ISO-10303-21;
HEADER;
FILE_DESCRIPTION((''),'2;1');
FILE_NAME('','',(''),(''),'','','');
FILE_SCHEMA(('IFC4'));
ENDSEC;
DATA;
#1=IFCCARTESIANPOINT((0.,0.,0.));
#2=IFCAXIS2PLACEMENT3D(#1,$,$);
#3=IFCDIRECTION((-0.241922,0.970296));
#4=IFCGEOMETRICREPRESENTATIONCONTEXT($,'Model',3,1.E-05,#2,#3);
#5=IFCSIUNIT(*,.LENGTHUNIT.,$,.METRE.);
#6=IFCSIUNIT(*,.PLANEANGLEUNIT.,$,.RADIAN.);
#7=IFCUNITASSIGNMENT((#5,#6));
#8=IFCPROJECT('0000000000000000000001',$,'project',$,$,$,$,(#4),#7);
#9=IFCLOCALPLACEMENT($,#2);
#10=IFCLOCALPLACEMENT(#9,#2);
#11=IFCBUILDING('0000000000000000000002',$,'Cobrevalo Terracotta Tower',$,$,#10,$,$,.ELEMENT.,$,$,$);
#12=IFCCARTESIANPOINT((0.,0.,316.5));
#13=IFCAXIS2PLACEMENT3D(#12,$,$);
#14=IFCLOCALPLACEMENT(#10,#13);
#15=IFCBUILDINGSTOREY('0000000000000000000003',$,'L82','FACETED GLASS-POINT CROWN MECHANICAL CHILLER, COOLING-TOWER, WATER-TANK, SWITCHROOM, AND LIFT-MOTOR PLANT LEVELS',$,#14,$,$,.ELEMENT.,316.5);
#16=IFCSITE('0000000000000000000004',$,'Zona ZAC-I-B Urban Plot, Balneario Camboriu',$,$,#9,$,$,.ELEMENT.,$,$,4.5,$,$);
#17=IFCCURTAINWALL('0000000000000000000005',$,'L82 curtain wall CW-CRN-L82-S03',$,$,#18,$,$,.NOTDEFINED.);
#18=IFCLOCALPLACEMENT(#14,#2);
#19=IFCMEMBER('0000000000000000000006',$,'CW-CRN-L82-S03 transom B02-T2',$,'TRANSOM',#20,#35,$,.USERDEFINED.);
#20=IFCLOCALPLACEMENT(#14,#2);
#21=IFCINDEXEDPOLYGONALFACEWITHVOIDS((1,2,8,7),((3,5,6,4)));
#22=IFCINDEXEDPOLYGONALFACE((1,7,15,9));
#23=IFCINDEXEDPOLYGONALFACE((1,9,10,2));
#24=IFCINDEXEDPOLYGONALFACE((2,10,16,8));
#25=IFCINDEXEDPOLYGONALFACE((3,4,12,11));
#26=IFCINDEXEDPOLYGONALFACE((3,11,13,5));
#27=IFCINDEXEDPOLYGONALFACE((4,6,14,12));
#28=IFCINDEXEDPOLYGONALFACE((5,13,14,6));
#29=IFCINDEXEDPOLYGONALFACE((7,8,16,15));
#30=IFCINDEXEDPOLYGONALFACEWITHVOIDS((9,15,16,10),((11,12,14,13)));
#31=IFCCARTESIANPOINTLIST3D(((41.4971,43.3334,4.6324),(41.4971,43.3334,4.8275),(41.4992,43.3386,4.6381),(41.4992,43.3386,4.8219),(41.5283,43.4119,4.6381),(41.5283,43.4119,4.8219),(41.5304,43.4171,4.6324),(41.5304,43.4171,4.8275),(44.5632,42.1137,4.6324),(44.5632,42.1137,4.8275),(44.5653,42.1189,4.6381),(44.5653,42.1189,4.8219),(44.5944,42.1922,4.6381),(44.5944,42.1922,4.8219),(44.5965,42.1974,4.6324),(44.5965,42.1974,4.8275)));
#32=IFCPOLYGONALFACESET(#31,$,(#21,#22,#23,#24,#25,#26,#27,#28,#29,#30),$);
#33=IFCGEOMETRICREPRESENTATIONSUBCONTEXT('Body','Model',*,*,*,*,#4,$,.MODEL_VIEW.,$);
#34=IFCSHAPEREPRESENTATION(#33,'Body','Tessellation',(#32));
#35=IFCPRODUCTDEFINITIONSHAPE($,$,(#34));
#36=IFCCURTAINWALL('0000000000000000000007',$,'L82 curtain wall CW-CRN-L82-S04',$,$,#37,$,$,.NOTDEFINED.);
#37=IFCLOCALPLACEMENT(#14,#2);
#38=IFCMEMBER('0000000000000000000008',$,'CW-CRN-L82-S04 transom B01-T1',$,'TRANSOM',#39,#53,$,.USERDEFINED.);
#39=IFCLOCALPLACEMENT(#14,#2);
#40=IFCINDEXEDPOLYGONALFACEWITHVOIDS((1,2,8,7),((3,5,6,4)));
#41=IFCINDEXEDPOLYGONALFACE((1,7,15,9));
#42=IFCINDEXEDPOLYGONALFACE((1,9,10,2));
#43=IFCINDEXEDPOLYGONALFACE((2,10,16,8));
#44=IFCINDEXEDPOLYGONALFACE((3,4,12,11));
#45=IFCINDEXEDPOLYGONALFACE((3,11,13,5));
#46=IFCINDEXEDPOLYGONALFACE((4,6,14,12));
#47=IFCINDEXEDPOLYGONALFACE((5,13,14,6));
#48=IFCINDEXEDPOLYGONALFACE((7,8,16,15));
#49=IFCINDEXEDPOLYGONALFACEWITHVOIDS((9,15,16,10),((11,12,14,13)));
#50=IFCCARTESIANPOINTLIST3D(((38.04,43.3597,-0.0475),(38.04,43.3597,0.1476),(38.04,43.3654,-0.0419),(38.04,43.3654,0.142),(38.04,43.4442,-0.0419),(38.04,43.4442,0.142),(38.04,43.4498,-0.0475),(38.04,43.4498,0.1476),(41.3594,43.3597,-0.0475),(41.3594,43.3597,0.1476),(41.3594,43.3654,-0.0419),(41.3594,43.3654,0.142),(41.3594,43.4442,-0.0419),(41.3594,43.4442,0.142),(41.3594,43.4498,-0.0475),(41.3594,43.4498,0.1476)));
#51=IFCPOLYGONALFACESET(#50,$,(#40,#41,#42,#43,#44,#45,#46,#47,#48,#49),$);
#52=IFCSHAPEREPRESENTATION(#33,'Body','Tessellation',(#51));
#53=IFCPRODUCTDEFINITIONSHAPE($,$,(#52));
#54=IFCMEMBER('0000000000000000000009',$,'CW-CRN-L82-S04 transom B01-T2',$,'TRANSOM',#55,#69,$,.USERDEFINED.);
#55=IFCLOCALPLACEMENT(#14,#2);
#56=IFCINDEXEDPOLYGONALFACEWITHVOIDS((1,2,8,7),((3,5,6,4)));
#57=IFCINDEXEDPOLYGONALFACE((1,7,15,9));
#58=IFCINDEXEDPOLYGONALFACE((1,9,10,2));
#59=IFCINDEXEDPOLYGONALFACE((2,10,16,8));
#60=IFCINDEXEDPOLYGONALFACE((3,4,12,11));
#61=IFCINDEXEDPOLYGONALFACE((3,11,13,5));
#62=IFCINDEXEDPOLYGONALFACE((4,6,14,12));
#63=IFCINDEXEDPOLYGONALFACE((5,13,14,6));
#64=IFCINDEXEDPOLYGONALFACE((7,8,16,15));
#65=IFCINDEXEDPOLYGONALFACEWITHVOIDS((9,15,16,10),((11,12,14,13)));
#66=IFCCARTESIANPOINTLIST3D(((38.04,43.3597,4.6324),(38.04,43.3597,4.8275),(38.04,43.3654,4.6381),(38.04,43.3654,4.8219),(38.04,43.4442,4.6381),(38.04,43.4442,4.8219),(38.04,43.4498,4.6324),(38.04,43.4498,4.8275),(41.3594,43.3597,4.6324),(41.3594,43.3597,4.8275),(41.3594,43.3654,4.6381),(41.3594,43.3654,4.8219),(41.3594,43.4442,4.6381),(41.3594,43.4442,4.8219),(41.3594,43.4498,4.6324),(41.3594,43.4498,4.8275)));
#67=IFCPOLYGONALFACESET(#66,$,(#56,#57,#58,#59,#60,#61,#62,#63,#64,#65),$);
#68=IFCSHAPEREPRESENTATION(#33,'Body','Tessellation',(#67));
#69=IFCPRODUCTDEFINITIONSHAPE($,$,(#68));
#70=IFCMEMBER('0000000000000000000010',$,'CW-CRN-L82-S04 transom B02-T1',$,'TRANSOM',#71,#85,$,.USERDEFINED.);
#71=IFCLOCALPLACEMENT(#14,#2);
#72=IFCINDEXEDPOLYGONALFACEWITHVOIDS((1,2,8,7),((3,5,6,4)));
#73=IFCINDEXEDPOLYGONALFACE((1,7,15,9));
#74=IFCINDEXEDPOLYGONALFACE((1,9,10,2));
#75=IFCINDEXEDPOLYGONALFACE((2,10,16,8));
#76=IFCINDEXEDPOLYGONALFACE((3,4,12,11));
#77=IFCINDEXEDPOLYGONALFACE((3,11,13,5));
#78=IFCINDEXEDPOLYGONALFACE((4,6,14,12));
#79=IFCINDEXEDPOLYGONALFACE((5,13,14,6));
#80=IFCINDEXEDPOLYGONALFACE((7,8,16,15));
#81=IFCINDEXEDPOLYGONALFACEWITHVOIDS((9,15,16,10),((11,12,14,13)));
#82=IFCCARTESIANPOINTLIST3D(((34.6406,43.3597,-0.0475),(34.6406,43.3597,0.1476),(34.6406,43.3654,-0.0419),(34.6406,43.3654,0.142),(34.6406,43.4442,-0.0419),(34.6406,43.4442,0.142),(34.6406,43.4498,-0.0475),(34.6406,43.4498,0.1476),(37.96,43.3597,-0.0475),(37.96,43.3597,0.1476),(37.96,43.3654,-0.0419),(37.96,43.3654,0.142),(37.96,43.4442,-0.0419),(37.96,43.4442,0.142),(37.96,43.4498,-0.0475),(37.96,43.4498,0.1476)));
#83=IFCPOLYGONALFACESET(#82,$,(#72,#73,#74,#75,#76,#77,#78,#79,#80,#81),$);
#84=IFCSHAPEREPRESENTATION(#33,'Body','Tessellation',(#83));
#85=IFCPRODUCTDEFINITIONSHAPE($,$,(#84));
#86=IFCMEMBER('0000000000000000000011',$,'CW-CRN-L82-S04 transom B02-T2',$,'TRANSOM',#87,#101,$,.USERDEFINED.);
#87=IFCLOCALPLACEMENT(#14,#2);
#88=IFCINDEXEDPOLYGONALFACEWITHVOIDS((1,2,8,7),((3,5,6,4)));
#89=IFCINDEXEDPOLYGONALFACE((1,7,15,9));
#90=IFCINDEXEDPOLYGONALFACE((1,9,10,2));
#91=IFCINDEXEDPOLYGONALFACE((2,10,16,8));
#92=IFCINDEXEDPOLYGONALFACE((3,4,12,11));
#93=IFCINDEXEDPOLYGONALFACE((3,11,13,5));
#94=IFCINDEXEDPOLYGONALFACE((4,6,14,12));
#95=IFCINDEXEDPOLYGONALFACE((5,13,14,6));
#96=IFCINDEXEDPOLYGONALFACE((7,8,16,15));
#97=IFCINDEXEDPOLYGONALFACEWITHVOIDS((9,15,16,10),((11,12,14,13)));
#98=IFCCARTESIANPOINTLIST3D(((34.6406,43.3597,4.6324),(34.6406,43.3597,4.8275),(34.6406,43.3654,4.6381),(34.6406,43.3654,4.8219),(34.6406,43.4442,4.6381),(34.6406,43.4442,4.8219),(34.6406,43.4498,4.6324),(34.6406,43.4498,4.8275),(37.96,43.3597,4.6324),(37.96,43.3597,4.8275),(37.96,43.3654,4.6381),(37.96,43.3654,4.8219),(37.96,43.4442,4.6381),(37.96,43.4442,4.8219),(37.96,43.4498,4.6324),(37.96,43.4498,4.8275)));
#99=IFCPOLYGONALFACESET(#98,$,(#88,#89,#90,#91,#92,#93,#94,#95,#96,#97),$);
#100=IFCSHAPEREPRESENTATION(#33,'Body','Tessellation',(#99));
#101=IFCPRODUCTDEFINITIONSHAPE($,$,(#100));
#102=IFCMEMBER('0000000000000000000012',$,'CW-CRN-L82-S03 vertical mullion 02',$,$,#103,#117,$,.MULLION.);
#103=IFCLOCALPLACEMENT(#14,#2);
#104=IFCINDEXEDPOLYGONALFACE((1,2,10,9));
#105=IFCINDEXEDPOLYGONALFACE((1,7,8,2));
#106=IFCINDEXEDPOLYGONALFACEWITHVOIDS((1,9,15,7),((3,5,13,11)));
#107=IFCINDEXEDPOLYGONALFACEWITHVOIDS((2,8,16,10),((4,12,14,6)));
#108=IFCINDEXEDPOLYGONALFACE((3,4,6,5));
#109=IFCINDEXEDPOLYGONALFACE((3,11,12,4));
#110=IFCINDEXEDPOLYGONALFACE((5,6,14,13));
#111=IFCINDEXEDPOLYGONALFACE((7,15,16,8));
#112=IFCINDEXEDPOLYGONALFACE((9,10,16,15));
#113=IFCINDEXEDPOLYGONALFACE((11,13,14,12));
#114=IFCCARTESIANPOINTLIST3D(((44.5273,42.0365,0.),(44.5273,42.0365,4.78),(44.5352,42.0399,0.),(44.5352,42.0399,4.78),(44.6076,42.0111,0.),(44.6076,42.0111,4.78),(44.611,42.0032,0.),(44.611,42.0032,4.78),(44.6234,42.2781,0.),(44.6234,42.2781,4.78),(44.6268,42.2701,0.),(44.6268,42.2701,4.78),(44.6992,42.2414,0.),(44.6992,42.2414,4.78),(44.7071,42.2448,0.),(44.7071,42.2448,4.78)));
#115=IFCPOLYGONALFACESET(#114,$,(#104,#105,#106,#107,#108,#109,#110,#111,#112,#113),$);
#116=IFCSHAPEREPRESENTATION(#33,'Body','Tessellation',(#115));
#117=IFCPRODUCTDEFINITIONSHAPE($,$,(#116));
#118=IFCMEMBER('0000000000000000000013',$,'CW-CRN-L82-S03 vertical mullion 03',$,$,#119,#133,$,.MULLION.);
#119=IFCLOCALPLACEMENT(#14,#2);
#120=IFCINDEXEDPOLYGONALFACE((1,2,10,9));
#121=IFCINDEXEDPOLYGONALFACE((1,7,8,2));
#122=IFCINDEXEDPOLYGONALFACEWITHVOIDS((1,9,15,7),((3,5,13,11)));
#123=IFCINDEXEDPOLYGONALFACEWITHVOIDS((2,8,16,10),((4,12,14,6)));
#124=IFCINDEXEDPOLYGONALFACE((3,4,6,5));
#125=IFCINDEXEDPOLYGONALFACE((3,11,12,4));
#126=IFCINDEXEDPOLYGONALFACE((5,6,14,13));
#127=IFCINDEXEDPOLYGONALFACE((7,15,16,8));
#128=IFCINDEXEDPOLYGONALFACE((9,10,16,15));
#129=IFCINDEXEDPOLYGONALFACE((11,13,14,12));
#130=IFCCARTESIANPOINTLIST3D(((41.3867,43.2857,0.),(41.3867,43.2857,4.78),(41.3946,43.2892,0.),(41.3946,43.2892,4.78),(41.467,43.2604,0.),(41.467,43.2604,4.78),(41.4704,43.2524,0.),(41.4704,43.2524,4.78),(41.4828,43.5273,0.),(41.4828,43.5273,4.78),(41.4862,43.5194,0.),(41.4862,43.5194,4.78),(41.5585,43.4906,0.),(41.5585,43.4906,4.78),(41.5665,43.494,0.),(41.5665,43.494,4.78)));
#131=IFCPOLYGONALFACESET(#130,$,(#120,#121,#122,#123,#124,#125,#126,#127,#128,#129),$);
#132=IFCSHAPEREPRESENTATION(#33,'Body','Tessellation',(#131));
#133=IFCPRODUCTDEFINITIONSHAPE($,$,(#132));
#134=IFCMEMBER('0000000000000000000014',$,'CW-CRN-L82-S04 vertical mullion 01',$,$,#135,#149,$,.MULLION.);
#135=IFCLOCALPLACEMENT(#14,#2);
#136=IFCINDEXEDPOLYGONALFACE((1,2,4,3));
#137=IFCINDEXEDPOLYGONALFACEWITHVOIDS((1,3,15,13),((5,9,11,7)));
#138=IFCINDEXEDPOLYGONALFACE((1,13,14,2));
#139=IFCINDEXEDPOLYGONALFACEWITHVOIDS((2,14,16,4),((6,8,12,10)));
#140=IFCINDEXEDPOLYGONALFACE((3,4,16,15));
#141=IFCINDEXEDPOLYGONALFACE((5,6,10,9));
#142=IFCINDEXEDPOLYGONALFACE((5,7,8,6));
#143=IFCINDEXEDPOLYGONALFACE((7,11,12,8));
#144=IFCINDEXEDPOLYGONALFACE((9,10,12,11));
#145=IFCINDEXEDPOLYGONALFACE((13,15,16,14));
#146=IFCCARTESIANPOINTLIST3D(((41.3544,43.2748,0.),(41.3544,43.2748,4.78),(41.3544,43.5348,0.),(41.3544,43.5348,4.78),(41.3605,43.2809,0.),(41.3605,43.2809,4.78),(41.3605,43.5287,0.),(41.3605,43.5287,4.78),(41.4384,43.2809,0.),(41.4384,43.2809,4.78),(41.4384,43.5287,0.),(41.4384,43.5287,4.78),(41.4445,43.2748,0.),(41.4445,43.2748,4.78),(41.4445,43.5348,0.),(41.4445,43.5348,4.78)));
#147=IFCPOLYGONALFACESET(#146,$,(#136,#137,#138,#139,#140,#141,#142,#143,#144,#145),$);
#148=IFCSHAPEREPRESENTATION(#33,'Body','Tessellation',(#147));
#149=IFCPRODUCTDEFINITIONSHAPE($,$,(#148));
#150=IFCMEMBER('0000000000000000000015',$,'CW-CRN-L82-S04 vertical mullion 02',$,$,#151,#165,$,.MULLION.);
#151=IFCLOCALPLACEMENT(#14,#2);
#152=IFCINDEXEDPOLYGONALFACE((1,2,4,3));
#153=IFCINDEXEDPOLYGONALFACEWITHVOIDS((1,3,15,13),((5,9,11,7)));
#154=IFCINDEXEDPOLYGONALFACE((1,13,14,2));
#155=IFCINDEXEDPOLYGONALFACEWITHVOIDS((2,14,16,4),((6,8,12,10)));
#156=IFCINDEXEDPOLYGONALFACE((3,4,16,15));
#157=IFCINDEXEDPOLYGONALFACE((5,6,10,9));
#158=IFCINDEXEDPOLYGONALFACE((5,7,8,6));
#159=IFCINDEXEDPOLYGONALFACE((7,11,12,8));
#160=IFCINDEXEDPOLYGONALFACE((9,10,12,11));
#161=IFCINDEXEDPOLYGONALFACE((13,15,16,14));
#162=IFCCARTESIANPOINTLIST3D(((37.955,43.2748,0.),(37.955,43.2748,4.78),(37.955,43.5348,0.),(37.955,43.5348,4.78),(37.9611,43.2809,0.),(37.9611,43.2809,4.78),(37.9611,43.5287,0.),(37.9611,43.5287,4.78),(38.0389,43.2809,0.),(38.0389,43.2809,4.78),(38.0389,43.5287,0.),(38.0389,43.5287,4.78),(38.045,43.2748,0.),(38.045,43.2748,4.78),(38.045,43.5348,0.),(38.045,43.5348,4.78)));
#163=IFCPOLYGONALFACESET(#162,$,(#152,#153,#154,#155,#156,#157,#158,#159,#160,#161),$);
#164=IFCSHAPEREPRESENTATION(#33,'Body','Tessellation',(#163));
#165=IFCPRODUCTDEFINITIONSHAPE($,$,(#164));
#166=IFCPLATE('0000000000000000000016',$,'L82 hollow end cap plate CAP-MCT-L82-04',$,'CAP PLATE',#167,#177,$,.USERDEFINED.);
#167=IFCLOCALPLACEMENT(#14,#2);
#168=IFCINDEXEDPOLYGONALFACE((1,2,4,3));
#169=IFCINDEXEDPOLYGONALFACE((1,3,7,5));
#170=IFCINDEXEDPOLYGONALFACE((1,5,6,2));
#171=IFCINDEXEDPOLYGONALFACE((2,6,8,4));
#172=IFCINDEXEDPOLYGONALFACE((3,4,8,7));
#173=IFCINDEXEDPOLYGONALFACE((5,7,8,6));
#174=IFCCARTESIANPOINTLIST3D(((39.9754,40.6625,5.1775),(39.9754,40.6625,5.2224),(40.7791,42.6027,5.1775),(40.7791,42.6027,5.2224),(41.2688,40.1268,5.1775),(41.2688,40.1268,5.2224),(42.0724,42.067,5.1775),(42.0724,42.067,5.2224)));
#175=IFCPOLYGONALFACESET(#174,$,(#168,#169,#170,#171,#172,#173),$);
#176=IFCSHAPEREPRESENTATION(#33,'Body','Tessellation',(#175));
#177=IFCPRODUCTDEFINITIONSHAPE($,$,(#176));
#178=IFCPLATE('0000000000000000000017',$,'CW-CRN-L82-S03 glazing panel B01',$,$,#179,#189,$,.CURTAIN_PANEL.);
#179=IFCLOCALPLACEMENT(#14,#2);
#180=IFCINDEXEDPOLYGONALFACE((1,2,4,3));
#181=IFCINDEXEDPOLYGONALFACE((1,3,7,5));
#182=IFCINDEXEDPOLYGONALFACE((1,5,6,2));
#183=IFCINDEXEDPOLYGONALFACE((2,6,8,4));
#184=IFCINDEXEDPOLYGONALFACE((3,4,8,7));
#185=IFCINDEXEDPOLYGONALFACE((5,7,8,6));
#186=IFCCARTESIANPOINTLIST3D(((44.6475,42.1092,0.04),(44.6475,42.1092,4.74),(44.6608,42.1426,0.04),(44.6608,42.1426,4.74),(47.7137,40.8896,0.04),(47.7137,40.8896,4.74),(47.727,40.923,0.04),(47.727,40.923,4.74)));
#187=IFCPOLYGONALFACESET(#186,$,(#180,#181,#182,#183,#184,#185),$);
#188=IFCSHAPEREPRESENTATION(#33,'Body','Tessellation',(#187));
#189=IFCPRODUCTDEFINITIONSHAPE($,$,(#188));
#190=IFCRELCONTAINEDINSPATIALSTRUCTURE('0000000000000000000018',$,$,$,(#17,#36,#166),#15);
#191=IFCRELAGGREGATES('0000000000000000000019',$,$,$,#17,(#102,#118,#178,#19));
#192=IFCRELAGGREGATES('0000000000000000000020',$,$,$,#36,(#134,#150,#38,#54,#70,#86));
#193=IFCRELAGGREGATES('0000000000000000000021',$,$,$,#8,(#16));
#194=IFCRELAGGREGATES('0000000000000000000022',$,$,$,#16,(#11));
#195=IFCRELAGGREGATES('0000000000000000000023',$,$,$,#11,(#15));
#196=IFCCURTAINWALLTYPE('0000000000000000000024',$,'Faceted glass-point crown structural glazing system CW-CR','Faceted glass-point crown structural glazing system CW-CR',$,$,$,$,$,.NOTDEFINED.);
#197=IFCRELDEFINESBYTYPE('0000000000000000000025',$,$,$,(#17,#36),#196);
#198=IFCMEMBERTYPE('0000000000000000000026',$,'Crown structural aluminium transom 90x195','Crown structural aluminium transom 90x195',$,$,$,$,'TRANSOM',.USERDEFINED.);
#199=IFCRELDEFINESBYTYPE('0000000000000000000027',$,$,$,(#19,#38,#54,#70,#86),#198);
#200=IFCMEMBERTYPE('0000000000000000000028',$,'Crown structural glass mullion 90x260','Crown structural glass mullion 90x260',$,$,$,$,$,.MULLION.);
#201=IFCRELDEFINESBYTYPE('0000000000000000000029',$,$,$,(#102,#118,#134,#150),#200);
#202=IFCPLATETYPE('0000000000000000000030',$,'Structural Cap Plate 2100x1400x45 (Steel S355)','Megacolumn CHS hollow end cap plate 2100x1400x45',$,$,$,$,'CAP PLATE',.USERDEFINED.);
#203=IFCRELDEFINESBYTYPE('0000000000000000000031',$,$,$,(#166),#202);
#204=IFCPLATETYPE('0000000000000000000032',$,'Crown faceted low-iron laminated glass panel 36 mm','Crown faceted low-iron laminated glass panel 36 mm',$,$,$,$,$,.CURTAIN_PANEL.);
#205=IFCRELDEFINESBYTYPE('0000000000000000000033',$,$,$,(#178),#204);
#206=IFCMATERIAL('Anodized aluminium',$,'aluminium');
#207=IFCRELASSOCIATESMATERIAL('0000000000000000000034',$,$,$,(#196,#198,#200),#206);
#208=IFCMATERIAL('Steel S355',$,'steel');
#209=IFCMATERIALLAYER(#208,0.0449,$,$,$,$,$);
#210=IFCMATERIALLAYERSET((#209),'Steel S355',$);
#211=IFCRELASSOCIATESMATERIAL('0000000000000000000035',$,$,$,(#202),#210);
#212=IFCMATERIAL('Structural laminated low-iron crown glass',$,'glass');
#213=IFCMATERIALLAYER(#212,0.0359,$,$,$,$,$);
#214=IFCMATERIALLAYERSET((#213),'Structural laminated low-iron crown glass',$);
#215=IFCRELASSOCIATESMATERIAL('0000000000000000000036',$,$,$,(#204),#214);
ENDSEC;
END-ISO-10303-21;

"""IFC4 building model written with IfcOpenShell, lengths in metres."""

from ifc_helpers import new_model, si_unit, direction, frame, origin, origin_2d, place, context, subcontext, project, spatial, rectangle, hollow_rectangle, extrude, source, transform, mapped, material, layer, layer_set, material_profile, profile_set, type_object, element, aggregate, save


model = new_model("IFC4")

# Units and contexts
model_context = context("Model", 3, precision=1e-05, world=origin(), true_north=direction((-0.241922, 0.970296)))
body_context = subcontext(model_context, "Body", "Model", "MODEL_VIEW")
ifc_project = project(units=[si_unit("LENGTHUNIT", "METRE"), si_unit("PLANEANGLEUNIT", "RADIAN")], contexts=[model_context])

# Site, building, storey
site_placement = place(None, origin())
site = spatial("IfcSite", under=ifc_project, at=site_placement, Name="Zona ZAC-I-B Urban Plot, Balneario Camboriu", CompositionType="ELEMENT", RefElevation=4.5)
building_placement = place(site_placement, origin())
building = spatial("IfcBuilding", under=site, at=building_placement, Name="Cobrevalo Terracotta Tower", CompositionType="ELEMENT")
storey_placement = place(building_placement, frame((0.0, 0.0, 316.5)))
storey = spatial("IfcBuildingStorey", under=building, at=storey_placement, Name="L82", Description="FACETED GLASS-POINT CROWN MECHANICAL CHILLER, COOLING-TOWER, WATER-TANK, SWITCHROOM, AND LIFT-MOTOR PLANT LEVELS", CompositionType="ELEMENT", Elevation=316.5)

# Shared definitions
ifc_material_1 = material(Name="Steel S355", Category="steel")

# Curtain walls, members
ifc_material_2 = material(Name="Anodized aluminium", Category="aluminium")
curtain_wall_type = type_object("IfcCurtainWallType", Name="Faceted glass-point crown structural glazing system CW-CR", Description="Faceted glass-point crown structural glazing system CW-CR", PredefinedType="NOTDEFINED", material=ifc_material_2)
curtain_wall_1_placement = place(storey_placement, origin())
curtain_wall_1 = element("IfcCurtainWall", 1, at=curtain_wall_1_placement, inside=storey, type_object=curtain_wall_type, Name="L82 curtain wall CW-CRN-L82-S03", PredefinedType="NOTDEFINED")
ifc_material_profile_1 = material_profile(ifc_material_2, hollow_rectangle(XDim=0.0901, YDim=0.1951, WallThickness=0.0056, at=origin_2d()), Name="CWT 90x195")
ifc_profile_set_1 = profile_set([ifc_material_profile_1], Name="Anodized aluminium")
member_type_1 = type_object("IfcMemberType", Name="Crown structural aluminium transom 90x195", Description="Crown structural aluminium transom 90x195", ElementType="TRANSOM", PredefinedType="USERDEFINED", material=ifc_profile_set_1)
shared_shape_1 = source(origin(), body_context, "Body", "SweptSolid", [
    extrude(hollow_rectangle(XDim=0.0901, YDim=0.1951, WallThickness=0.0056, at=origin_2d()), origin(), (0.0, 0.0, 1.0), 3.2998),
])
member_1_placement = place(storey_placement, frame((44.5798, 42.1555, 4.73), z_axis=(-0.929179, 0.36963, 0.0), x_axis=(-0.36963, -0.929179, 0.0)))
member_1 = element("IfcMember", 2, at=member_1_placement, type_object=member_type_1, Name="CW-CRN-L82-S03 transom B02-T2", ObjectType="TRANSOM", PredefinedType="USERDEFINED", context=body_context, shape_type="MappedRepresentation", body=[
    mapped(shared_shape_1, transform((0.0, 0.0, 0.0), scale=1.0)),
])
curtain_wall_2_placement = place(storey_placement, origin())
curtain_wall_2 = element("IfcCurtainWall", 3, at=curtain_wall_2_placement, inside=storey, type_object=curtain_wall_type, Name="L82 curtain wall CW-CRN-L82-S04", PredefinedType="NOTDEFINED")
shared_shape_2 = source(origin(), body_context, "Body", "SweptSolid", [
    extrude(hollow_rectangle(XDim=0.0901, YDim=0.1951, WallThickness=0.0056, at=origin_2d()), origin(), (0.0, 0.0, 1.0), 3.3193),
])
member_2_placement = place(storey_placement, frame((41.3594, 43.4048, 0.05), z_axis=(-1.0, 0.0, 0.0), x_axis=(0.0, -1.0, 0.0)))
member_2 = element("IfcMember", 4, at=member_2_placement, type_object=member_type_1, Name="CW-CRN-L82-S04 transom B01-T1", ObjectType="TRANSOM", PredefinedType="USERDEFINED", context=body_context, shape_type="MappedRepresentation", body=[
    mapped(shared_shape_2, transform((0.0, 0.0, 0.0), scale=1.0)),
])
member_3_placement = place(storey_placement, frame((41.3594, 43.4048, 4.73), z_axis=(-1.0, 0.0, 0.0), x_axis=(0.0, -1.0, 0.0)))
member_3 = element("IfcMember", 5, at=member_3_placement, type_object=member_type_1, Name="CW-CRN-L82-S04 transom B01-T2", ObjectType="TRANSOM", PredefinedType="USERDEFINED", context=body_context, shape_type="MappedRepresentation", body=[
    mapped(shared_shape_2, transform((0.0, 0.0, 0.0), scale=1.0)),
])
member_4_placement = place(storey_placement, frame((37.96, 43.4048, 0.05), z_axis=(-1.0, 0.0, 0.0), x_axis=(0.0, -1.0, 0.0)))
member_4 = element("IfcMember", 6, at=member_4_placement, type_object=member_type_1, Name="CW-CRN-L82-S04 transom B02-T1", ObjectType="TRANSOM", PredefinedType="USERDEFINED", context=body_context, shape_type="MappedRepresentation", body=[
    mapped(shared_shape_2, transform((0.0, 0.0, 0.0), scale=1.0)),
])
member_5_placement = place(storey_placement, frame((37.96, 43.4048, 4.73), z_axis=(-1.0, 0.0, 0.0), x_axis=(0.0, -1.0, 0.0)))
member_5 = element("IfcMember", 7, at=member_5_placement, type_object=member_type_1, Name="CW-CRN-L82-S04 transom B02-T2", ObjectType="TRANSOM", PredefinedType="USERDEFINED", context=body_context, shape_type="MappedRepresentation", body=[
    mapped(shared_shape_2, transform((0.0, 0.0, 0.0), scale=1.0)),
])

# Members
ifc_material_profile_2 = material_profile(ifc_material_2, hollow_rectangle(XDim=0.0901, YDim=0.26, WallThickness=0.0061, at=origin_2d()), Name="CWM 90x260")
ifc_profile_set_2 = profile_set([ifc_material_profile_2], Name="Anodized aluminium")
member_type_2 = type_object("IfcMemberType", Name="Crown structural glass mullion 90x260", Description="Crown structural glass mullion 90x260", PredefinedType="MULLION", material=ifc_profile_set_2)
shared_shape_3 = source(origin(), body_context, "Body", "SweptSolid", [
    extrude(hollow_rectangle(XDim=0.0901, YDim=0.26, WallThickness=0.0061, at=origin_2d()), origin(), (0.0, 0.0, 1.0), 4.78),
])
member_6_placement = place(storey_placement, frame((44.6172, 42.1406, 0.0), z_axis=(0.0, 0.0, 1.0), x_axis=(-0.929191, 0.369601, 0.0)))
member_6 = element("IfcMember", 8, at=member_6_placement, type_object=member_type_2, Name="CW-CRN-L82-S03 vertical mullion 02", PredefinedType="MULLION", context=body_context, shape_type="MappedRepresentation", body=[
    mapped(shared_shape_3, transform((0.0, 0.0, 0.0), scale=1.0)),
])
member_7_placement = place(storey_placement, frame((41.4766, 43.3899, 0.0), z_axis=(0.0, 0.0, 1.0), x_axis=(-0.929191, 0.369601, 0.0)))
member_7 = element("IfcMember", 9, at=member_7_placement, type_object=member_type_2, Name="CW-CRN-L82-S03 vertical mullion 03", PredefinedType="MULLION", context=body_context, shape_type="MappedRepresentation", body=[
    mapped(shared_shape_3, transform((0.0, 0.0, 0.0), scale=1.0)),
])
member_8_placement = place(storey_placement, frame((41.3994, 43.4048, 0.0), z_axis=(0.0, 0.0, 1.0), x_axis=(-1.0, 0.0, 0.0)))
member_8 = element("IfcMember", 10, at=member_8_placement, type_object=member_type_2, Name="CW-CRN-L82-S04 vertical mullion 01", PredefinedType="MULLION", context=body_context, shape_type="MappedRepresentation", body=[
    mapped(shared_shape_3, transform((0.0, 0.0, 0.0), scale=1.0)),
])
member_9_placement = place(storey_placement, frame((38.0, 43.4048, 0.0), z_axis=(0.0, 0.0, 1.0), x_axis=(-1.0, 0.0, 0.0)))
member_9 = element("IfcMember", 11, at=member_9_placement, type_object=member_type_2, Name="CW-CRN-L82-S04 vertical mullion 02", PredefinedType="MULLION", context=body_context, shape_type="MappedRepresentation", body=[
    mapped(shared_shape_3, transform((0.0, 0.0, 0.0), scale=1.0)),
])

# Plates
ifc_layer_1 = layer(ifc_material_1, 0.0449)
ifc_layer_set_1 = layer_set([ifc_layer_1], Name="Steel S355")
plate_type_1 = type_object("IfcPlateType", Name="Structural Cap Plate 2100x1400x45 (Steel S355)", Description="Megacolumn CHS hollow end cap plate 2100x1400x45", ElementType="CAP PLATE", PredefinedType="USERDEFINED", material=ifc_layer_set_1)
shared_shape_4 = source(origin(), body_context, "Body", "SweptSolid", [
    extrude(rectangle(XDim=2.1001, YDim=1.3999, at=origin_2d()), origin(), (0.0, 0.0, 1.0), 0.0449),
])
plate_1_placement = place(storey_placement, frame((41.0239, 41.3647, 5.1775), z_axis=(0.0, 0.0, 1.0), x_axis=(0.382683, 0.92388, 0.0)))
element("IfcPlate", 12, at=plate_1_placement, inside=storey, type_object=plate_type_1, Name="L82 hollow end cap plate CAP-MCT-L82-04", ObjectType="CAP PLATE", PredefinedType="USERDEFINED", context=body_context, shape_type="MappedRepresentation", body=[
    mapped(shared_shape_4, transform((0.0, 0.0, 0.0), scale=1.0)),
])
ifc_material_3 = material(Name="Structural laminated low-iron crown glass", Category="glass")
ifc_layer_2 = layer(ifc_material_3, 0.0359)
ifc_layer_set_2 = layer_set([ifc_layer_2], Name="Structural laminated low-iron crown glass")
plate_type_2 = type_object("IfcPlateType", Name="Crown faceted low-iron laminated glass panel 36 mm", Description="Crown faceted low-iron laminated glass panel 36 mm", PredefinedType="CURTAIN_PANEL", material=ifc_layer_set_2)
shared_shape_5 = source(origin(), body_context, "Body", "SweptSolid", [
    extrude(rectangle(XDim=3.2998, YDim=0.0359, at=origin_2d()), origin(), (0.0, 0.0, 1.0), 4.7),
])
plate_2_placement = place(storey_placement, frame((46.1873, 41.5161, 0.04), z_axis=(0.0, 0.0, 1.0), x_axis=(-0.929191, 0.369601, 0.0)))
plate_2 = element("IfcPlate", 13, at=plate_2_placement, type_object=plate_type_2, Name="CW-CRN-L82-S03 glazing panel B01", PredefinedType="CURTAIN_PANEL", context=body_context, shape_type="MappedRepresentation", body=[
    mapped(shared_shape_5, transform((0.0, 0.0, 0.0), scale=1.0)),
])
aggregate(curtain_wall_1, [member_6, member_7, plate_2, member_1])
aggregate(curtain_wall_2, [member_8, member_9, member_2, member_3, member_4, member_5])

save(model, "model.ifc")
